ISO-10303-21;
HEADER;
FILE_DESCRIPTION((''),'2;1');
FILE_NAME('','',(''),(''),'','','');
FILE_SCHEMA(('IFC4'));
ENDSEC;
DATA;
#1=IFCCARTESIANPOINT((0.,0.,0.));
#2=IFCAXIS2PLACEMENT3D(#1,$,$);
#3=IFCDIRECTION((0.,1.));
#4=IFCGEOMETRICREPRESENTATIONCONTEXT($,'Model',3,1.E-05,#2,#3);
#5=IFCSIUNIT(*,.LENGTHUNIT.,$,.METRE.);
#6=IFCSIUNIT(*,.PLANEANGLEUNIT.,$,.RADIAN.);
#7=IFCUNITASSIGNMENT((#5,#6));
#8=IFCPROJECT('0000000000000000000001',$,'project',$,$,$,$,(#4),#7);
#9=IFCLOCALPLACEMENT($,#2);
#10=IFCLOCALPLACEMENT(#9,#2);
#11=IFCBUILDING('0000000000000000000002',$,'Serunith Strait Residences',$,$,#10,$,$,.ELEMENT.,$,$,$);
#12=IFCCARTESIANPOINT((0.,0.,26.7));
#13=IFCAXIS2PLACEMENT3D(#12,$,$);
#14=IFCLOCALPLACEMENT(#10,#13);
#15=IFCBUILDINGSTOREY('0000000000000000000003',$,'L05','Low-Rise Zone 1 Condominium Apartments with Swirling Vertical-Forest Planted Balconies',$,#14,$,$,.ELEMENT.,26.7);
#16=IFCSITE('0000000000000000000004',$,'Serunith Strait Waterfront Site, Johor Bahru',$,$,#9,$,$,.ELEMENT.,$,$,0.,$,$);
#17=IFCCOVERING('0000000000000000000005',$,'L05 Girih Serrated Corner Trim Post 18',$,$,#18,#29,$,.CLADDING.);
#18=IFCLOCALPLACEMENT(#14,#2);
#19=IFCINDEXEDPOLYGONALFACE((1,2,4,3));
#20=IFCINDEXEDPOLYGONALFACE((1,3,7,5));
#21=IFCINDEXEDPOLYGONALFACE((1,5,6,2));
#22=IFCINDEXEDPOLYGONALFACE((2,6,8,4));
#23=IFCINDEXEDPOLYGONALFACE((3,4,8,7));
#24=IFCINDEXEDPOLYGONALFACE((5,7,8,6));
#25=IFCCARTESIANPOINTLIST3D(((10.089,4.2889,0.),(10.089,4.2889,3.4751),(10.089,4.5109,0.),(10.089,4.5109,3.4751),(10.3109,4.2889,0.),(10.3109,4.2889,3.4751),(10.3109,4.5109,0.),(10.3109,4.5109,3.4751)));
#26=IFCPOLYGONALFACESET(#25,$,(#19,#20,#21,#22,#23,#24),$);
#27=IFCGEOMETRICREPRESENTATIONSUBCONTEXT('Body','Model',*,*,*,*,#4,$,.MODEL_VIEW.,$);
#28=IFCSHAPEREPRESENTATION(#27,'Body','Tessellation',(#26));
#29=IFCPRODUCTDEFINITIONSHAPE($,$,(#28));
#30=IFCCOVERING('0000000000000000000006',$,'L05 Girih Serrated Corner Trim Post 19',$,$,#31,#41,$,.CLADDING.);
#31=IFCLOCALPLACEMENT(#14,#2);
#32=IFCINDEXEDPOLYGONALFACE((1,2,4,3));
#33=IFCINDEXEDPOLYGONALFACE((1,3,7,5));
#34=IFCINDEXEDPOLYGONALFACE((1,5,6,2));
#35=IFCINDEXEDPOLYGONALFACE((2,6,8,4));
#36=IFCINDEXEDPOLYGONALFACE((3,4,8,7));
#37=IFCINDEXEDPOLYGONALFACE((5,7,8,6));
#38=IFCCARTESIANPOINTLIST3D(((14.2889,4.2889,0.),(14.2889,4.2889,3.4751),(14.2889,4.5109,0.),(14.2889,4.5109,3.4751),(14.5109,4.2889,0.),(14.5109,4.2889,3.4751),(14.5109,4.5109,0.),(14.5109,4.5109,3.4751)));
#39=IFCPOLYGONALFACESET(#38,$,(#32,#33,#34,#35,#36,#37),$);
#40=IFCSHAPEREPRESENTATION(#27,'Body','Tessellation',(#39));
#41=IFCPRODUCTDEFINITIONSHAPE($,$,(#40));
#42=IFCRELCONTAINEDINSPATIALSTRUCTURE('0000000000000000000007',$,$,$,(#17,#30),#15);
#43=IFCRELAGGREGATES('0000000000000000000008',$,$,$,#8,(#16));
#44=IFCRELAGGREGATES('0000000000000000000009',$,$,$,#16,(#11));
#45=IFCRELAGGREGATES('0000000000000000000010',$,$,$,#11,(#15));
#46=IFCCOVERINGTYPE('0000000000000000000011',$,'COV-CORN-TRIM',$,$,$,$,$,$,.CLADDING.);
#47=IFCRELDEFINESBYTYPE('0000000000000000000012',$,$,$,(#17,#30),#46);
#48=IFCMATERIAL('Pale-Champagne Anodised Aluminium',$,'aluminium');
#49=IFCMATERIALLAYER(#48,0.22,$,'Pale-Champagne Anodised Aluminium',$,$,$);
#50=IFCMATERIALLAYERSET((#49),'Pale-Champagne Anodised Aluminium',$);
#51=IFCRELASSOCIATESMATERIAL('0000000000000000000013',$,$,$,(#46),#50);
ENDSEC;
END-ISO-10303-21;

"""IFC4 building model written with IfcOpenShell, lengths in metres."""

from ifc_helpers import new_model, si_unit, direction, frame, origin, origin_2d, place, context, subcontext, project, spatial, rectangle, extrude, source, transform, mapped, material, layer, layer_set, type_object, element, save


model = new_model("IFC4")

# Units and contexts
model_context = context("Model", 3, precision=1e-05, world=origin(), true_north=direction((0.0, 1.0)))
body_context = subcontext(model_context, "Body", "Model", "MODEL_VIEW")
ifc_project = project(units=[si_unit("LENGTHUNIT", "METRE"), si_unit("PLANEANGLEUNIT", "RADIAN")], contexts=[model_context])

# Site, building, storey
site_placement = place(None, origin())
site = spatial("IfcSite", under=ifc_project, at=site_placement, Name="Serunith Strait Waterfront Site, Johor Bahru", CompositionType="ELEMENT", RefElevation=0.0)
building_placement = place(site_placement, origin())
building = spatial("IfcBuilding", under=site, at=building_placement, Name="Serunith Strait Residences", CompositionType="ELEMENT")
storey_placement = place(building_placement, frame((0.0, 0.0, 26.7)))
storey = spatial("IfcBuildingStorey", under=building, at=storey_placement, Name="L05", Description="Low-Rise Zone 1 Condominium Apartments with Swirling Vertical-Forest Planted Balconies", CompositionType="ELEMENT", Elevation=26.7)

# Shared definitions
ifc_material_1 = material(Name="Pale-Champagne Anodised Aluminium", Category="aluminium")

# Coverings
ifc_layer_1 = layer(ifc_material_1, 0.22, Name="Pale-Champagne Anodised Aluminium")
ifc_layer_set_1 = layer_set([ifc_layer_1], Name="Pale-Champagne Anodised Aluminium")
covering_type_1 = type_object("IfcCoveringType", Name="COV-CORN-TRIM", PredefinedType="CLADDING", material=ifc_layer_set_1)
shared_shape_1 = source(origin(), body_context, "Body", "SweptSolid", [
    extrude(rectangle(XDim=0.2219, YDim=0.2219, at=origin_2d()), origin(), (0.0, 0.0, 1.0), 3.4751),
])
for number, where, z_axis, x_axis, name in (
    (1, (10.2, 4.3999, 0.0), (0.0, 0.0, 1.0), (1.0, 0.0, 0.0), "L05 Girih Serrated Corner Trim Post 18"),
    (2, (14.3999, 4.3999, 0.0), (0.0, 0.0, 1.0), (1.0, 0.0, 0.0), "L05 Girih Serrated Corner Trim Post 19"),
):
    element("IfcCovering", number, at=place(storey_placement, frame(where, z_axis=z_axis, x_axis=x_axis)), inside=storey, type_object=covering_type_1, Name=name, PredefinedType="CLADDING", context=body_context, shape_type="MappedRepresentation", body=[
        mapped(shared_shape_1, transform((0.0, 0.0, 0.0), scale=1.0)),
    ])

save(model, "model.ifc")
